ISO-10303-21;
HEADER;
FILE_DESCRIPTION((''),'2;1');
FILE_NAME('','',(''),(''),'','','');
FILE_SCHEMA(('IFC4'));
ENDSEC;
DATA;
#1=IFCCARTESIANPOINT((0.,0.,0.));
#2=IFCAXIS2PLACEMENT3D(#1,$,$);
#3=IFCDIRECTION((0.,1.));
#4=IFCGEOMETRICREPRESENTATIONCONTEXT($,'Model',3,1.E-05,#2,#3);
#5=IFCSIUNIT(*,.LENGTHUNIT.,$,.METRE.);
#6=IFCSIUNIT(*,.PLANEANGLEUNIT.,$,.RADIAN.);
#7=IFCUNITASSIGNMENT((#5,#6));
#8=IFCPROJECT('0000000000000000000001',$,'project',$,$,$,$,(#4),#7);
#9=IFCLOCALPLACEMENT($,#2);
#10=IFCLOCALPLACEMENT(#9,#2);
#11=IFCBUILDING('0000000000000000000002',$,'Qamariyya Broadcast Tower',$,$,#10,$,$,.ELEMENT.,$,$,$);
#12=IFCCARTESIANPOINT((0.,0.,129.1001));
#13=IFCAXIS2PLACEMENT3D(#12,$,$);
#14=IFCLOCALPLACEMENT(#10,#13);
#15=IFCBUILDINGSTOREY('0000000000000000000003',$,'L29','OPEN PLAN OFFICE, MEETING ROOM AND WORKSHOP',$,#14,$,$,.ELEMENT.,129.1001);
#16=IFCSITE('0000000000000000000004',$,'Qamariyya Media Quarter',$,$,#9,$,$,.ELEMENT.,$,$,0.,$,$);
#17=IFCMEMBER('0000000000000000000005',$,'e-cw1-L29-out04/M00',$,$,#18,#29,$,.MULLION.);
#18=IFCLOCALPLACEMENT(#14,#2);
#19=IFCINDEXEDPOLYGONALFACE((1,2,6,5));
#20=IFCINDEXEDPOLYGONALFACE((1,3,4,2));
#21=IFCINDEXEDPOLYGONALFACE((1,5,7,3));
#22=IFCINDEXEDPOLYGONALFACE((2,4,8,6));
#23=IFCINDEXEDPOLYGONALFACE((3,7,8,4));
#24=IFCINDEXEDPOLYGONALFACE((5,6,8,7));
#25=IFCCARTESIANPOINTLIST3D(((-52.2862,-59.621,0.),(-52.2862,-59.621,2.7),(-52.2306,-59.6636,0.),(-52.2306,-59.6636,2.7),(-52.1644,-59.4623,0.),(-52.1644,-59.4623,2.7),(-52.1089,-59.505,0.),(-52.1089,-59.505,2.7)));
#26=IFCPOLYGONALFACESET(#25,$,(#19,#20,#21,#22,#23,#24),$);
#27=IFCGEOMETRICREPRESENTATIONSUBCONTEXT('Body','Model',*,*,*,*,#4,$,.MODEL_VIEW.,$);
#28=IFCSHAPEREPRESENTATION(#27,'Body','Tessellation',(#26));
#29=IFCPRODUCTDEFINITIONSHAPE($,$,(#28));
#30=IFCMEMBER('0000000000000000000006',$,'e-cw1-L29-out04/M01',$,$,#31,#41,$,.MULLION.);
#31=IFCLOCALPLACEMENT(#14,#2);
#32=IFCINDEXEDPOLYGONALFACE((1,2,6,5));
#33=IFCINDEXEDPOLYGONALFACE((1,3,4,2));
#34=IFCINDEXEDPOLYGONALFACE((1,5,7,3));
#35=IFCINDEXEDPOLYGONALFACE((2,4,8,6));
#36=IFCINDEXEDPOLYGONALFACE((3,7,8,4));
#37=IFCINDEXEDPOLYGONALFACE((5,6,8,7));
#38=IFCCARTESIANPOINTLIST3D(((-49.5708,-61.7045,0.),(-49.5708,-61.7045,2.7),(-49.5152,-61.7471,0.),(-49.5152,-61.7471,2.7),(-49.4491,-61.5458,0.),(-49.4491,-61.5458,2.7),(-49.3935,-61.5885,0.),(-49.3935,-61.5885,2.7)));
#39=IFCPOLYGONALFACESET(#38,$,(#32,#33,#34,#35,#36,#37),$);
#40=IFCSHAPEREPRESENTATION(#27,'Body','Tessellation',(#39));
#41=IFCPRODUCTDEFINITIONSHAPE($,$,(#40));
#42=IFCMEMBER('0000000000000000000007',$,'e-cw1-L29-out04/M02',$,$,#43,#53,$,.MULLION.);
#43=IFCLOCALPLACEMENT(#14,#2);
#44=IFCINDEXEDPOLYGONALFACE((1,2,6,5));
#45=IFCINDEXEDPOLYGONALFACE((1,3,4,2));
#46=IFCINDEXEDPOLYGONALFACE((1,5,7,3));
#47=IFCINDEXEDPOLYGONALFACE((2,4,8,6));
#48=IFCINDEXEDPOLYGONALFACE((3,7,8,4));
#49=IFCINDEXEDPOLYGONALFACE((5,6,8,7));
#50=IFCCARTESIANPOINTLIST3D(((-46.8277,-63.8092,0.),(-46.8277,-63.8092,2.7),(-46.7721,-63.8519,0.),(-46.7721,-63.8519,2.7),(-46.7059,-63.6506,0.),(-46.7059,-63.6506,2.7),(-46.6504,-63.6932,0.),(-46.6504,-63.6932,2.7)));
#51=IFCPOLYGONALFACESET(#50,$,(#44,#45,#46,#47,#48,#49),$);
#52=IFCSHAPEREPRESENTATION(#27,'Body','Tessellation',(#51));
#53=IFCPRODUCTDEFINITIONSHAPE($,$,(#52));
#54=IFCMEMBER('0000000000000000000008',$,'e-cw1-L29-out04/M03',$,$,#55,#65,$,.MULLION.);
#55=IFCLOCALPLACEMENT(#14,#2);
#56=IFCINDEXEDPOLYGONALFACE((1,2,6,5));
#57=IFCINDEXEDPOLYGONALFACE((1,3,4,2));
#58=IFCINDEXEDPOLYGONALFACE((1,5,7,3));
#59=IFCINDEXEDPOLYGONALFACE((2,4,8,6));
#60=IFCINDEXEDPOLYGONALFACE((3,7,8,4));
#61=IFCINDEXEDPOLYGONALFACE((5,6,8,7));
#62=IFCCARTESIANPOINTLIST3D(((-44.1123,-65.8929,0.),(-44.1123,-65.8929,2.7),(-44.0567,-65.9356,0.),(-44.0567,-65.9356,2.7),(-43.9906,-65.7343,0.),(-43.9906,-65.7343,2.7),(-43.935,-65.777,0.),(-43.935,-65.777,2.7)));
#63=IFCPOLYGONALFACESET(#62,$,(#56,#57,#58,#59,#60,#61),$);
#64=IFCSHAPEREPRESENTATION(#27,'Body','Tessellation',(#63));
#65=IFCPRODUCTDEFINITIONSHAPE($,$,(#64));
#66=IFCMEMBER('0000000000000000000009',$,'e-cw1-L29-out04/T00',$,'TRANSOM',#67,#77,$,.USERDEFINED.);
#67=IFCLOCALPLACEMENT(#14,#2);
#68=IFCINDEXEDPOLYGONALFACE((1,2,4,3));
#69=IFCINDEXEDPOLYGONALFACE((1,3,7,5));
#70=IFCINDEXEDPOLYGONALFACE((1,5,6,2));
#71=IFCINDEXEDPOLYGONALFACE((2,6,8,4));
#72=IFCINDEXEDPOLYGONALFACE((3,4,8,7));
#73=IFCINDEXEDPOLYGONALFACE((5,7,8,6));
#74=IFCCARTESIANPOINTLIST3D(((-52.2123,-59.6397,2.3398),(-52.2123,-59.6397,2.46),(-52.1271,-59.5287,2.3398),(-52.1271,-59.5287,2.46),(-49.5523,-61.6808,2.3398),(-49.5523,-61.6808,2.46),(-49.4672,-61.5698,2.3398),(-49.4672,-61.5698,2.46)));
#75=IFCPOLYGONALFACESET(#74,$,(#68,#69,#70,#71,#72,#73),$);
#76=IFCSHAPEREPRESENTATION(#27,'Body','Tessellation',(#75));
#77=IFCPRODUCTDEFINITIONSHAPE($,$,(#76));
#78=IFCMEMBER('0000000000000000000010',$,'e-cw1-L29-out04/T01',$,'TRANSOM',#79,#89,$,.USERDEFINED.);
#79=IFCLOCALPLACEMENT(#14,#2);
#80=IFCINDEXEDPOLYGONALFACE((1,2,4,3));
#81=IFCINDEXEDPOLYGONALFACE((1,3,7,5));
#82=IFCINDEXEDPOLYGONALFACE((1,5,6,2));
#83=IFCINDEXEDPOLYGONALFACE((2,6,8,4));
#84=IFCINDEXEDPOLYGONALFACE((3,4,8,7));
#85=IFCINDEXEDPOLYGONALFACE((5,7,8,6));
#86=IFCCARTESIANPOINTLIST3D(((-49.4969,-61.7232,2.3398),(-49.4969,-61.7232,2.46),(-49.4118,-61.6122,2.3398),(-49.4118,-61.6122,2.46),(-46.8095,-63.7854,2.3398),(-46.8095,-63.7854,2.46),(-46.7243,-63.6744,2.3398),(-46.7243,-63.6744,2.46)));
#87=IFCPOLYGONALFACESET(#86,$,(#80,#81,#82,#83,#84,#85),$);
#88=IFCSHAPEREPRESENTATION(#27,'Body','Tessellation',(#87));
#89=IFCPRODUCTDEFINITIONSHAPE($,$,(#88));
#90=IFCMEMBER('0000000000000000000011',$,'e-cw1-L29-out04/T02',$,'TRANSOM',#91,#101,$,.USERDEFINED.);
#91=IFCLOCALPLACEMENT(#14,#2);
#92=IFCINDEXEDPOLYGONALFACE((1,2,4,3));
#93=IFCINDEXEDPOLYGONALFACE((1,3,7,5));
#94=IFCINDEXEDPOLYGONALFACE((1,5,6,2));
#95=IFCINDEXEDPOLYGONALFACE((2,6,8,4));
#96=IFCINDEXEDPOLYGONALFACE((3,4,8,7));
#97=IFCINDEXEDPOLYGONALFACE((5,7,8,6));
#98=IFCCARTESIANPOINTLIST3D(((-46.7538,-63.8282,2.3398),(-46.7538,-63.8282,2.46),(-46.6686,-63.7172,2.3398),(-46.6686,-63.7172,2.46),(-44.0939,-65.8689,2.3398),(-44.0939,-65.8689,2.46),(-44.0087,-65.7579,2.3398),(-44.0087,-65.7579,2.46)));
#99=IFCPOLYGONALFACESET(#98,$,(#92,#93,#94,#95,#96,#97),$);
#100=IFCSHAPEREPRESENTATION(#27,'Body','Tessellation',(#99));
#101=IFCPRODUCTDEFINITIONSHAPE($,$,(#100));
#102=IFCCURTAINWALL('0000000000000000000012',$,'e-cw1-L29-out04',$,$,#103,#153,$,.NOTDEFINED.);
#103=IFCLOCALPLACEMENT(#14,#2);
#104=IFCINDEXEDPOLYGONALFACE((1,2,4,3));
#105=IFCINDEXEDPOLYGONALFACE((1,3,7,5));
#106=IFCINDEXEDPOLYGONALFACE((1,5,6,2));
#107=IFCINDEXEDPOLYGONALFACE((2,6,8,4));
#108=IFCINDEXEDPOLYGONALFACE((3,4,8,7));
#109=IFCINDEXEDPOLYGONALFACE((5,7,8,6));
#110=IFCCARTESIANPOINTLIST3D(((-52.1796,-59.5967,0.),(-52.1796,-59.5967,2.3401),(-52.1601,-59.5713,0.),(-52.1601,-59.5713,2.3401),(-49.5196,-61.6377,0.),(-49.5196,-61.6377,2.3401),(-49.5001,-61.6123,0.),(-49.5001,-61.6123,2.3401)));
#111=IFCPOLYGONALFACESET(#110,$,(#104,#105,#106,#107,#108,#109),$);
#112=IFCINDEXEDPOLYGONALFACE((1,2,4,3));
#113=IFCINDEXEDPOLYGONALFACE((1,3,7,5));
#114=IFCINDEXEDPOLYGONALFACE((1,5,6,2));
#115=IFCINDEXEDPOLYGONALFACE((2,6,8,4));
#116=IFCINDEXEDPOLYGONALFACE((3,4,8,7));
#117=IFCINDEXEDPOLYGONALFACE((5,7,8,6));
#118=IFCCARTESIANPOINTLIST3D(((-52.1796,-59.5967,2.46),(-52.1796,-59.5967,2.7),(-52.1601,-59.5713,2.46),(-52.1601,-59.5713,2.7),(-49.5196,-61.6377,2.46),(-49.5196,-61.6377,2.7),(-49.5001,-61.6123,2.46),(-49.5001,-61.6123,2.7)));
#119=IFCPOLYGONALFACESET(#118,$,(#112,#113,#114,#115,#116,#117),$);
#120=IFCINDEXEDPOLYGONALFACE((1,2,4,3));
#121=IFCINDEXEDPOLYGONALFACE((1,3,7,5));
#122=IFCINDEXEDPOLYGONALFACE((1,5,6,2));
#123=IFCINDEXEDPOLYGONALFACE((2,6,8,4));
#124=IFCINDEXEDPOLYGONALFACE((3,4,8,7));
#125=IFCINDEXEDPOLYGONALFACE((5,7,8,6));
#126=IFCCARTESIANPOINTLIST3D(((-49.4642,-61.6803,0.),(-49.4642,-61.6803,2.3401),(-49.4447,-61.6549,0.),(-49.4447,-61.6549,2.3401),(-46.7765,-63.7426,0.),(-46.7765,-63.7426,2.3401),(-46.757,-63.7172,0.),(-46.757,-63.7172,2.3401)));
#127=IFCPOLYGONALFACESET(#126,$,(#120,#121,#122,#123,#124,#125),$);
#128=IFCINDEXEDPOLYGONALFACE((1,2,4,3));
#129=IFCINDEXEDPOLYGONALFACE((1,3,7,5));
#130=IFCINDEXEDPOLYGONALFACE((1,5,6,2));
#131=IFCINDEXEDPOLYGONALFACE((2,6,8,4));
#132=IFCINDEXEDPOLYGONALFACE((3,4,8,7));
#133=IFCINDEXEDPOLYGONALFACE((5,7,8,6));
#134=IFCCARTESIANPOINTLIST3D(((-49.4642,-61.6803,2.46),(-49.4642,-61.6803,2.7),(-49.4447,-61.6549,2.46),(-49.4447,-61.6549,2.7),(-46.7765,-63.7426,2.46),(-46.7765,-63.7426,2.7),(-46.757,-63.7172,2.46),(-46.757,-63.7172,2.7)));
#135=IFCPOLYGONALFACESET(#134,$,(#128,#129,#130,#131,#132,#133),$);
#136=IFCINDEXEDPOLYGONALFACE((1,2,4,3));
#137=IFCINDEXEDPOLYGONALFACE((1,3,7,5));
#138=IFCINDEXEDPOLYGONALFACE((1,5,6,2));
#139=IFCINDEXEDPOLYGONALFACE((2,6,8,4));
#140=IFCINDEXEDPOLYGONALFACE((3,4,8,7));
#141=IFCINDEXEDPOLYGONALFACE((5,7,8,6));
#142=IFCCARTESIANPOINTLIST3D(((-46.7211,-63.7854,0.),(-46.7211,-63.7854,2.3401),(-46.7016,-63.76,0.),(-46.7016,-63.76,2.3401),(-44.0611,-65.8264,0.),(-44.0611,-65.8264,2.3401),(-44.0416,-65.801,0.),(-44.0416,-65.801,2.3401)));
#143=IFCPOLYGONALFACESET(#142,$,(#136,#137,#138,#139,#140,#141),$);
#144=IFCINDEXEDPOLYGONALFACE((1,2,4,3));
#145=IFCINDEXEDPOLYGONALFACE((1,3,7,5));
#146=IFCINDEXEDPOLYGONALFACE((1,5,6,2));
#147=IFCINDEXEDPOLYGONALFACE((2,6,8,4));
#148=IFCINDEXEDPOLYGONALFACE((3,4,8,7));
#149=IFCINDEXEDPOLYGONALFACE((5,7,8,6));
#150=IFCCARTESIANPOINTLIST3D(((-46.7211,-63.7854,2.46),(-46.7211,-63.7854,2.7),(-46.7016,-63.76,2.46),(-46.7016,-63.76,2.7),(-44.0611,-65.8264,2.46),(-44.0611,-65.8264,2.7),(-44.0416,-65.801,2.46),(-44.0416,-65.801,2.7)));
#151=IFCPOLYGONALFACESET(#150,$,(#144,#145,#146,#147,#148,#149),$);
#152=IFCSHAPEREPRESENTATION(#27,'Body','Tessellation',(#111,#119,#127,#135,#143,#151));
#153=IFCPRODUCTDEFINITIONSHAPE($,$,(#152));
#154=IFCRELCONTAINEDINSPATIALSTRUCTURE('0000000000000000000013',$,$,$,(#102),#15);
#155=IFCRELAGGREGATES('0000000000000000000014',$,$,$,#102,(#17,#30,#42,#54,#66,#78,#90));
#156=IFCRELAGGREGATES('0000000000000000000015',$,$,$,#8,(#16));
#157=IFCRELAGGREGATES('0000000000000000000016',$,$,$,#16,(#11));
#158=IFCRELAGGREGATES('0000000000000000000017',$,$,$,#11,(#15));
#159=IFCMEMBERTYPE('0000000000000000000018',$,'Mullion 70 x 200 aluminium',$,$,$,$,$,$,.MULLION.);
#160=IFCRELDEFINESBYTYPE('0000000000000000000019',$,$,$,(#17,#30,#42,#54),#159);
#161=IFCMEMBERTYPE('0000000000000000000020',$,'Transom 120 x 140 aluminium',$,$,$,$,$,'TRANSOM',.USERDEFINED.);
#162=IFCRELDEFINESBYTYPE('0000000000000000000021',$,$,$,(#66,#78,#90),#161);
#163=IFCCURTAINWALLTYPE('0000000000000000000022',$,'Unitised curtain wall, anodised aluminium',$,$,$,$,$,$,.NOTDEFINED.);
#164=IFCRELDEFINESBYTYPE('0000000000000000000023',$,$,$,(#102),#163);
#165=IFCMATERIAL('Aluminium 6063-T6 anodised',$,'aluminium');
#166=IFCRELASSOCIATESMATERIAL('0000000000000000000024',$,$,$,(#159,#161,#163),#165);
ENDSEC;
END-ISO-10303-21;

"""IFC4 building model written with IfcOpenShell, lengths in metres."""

from ifc_helpers import new_model, si_unit, direction, frame, origin, origin_2d, place, context, subcontext, project, spatial, rectangle, extrude, material, material_profile, profile_set, type_object, element, aggregate, save


model = new_model("IFC4")

# Units and contexts
model_context = context("Model", 3, precision=1e-05, world=origin(), true_north=direction((0.0, 1.0)))
body_context = subcontext(model_context, "Body", "Model", "MODEL_VIEW")
ifc_project = project(units=[si_unit("LENGTHUNIT", "METRE"), si_unit("PLANEANGLEUNIT", "RADIAN")], contexts=[model_context])

# Members
ifc_material = material(Name="Aluminium 6063-T6 anodised", Category="aluminium")
ifc_material_profile_1 = material_profile(ifc_material, rectangle(XDim=0.2, YDim=0.0701, at=origin_2d()))
ifc_profile_set_1 = profile_set([ifc_material_profile_1], Name="Aluminium 6063-T6 anodised")
member_type_1 = type_object("IfcMemberType", Name="Mullion 70 x 200 aluminium", PredefinedType="MULLION", material=ifc_profile_set_1)
site_placement = place(None, origin())
building_placement = place(site_placement, origin())
storey_placement = place(building_placement, frame((0.0, 0.0, 129.1001)))
member_1_placement = place(storey_placement, frame((-52.1975, -59.563, 0.0), z_axis=(0.0, 0.0, 1.0), x_axis=(0.608761, 0.793353, 0.0)))
member_1 = element("IfcMember", 1, at=member_1_placement, type_object=member_type_1, Name="e-cw1-L29-out04/M00", PredefinedType="MULLION", context=body_context, shape_type="SweptSolid", body=[
    extrude(rectangle(XDim=0.2, YDim=0.0701, at=origin_2d()), origin(), (0.0, 0.0, 1.0), 2.7),
])
member_2_placement = place(storey_placement, frame((-49.4822, -61.6465, 0.0), z_axis=(0.0, 0.0, 1.0), x_axis=(0.608761, 0.793353, 0.0)))
member_2 = element("IfcMember", 2, at=member_2_placement, type_object=member_type_1, Name="e-cw1-L29-out04/M01", PredefinedType="MULLION", context=body_context, shape_type="SweptSolid", body=[
    extrude(rectangle(XDim=0.2, YDim=0.0701, at=origin_2d()), origin(), (0.0, 0.0, 1.0), 2.7),
])
member_3_placement = place(storey_placement, frame((-46.739, -63.7512, 0.0), z_axis=(0.0, 0.0, 1.0), x_axis=(0.608761, 0.793353, 0.0)))
member_3 = element("IfcMember", 3, at=member_3_placement, type_object=member_type_1, Name="e-cw1-L29-out04/M02", PredefinedType="MULLION", context=body_context, shape_type="SweptSolid", body=[
    extrude(rectangle(XDim=0.2, YDim=0.0701, at=origin_2d()), origin(), (0.0, 0.0, 1.0), 2.7),
])
member_4_placement = place(storey_placement, frame((-44.0237, -65.835, 0.0), z_axis=(0.0, 0.0, 1.0), x_axis=(0.608761, 0.793353, 0.0)))
member_4 = element("IfcMember", 4, at=member_4_placement, type_object=member_type_1, Name="e-cw1-L29-out04/M03", PredefinedType="MULLION", context=body_context, shape_type="SweptSolid", body=[
    extrude(rectangle(XDim=0.2, YDim=0.0701, at=origin_2d()), origin(), (0.0, 0.0, 1.0), 2.7),
])
ifc_material_profile_2 = material_profile(ifc_material, rectangle(XDim=0.1399, YDim=0.1201, at=origin_2d()))
ifc_profile_set_2 = profile_set([ifc_material_profile_2], Name="Aluminium 6063-T6 anodised")
member_type_2 = type_object("IfcMemberType", Name="Transom 120 x 140 aluminium", ElementType="TRANSOM", PredefinedType="USERDEFINED", material=ifc_profile_set_2)
member_5_placement = place(storey_placement, frame((-52.1697, -59.5842, 2.3999), z_axis=(0.793354, -0.60876, 0.0), x_axis=(0.60876, 0.793354, 0.0)))
member_5 = element("IfcMember", 5, at=member_5_placement, type_object=member_type_2, Name="e-cw1-L29-out04/T00", ObjectType="TRANSOM", PredefinedType="USERDEFINED", context=body_context, shape_type="SweptSolid", body=[
    extrude(rectangle(XDim=0.1399, YDim=0.1201, at=origin_2d()), origin(), (0.0, 0.0, 1.0), 3.3528),
])
member_6_placement = place(storey_placement, frame((-49.4543, -61.6677, 2.3999), z_axis=(0.793344, -0.608773, 0.0), x_axis=(0.608773, 0.793344, 0.0)))
member_6 = element("IfcMember", 6, at=member_6_placement, type_object=member_type_2, Name="e-cw1-L29-out04/T01", ObjectType="TRANSOM", PredefinedType="USERDEFINED", context=body_context, shape_type="SweptSolid", body=[
    extrude(rectangle(XDim=0.1399, YDim=0.1201, at=origin_2d()), origin(), (0.0, 0.0, 1.0), 3.3875),
])
member_7_placement = place(storey_placement, frame((-46.7112, -63.7727, 2.3999), z_axis=(0.793389, -0.608714, 0.0), x_axis=(0.608714, 0.793389, 0.0)))
member_7 = element("IfcMember", 7, at=member_7_placement, type_object=member_type_2, Name="e-cw1-L29-out04/T02", ObjectType="TRANSOM", PredefinedType="USERDEFINED", context=body_context, shape_type="SweptSolid", body=[
    extrude(rectangle(XDim=0.1399, YDim=0.1201, at=origin_2d()), origin(), (0.0, 0.0, 1.0), 3.3525),
])

# Site, building, storey
site = spatial("IfcSite", under=ifc_project, at=site_placement, Name="Qamariyya Media Quarter", CompositionType="ELEMENT", RefElevation=0.0)
building = spatial("IfcBuilding", under=site, at=building_placement, Name="Qamariyya Broadcast Tower", CompositionType="ELEMENT")
storey = spatial("IfcBuildingStorey", under=building, at=storey_placement, Name="L29", Description="OPEN PLAN OFFICE, MEETING ROOM AND WORKSHOP", CompositionType="ELEMENT", Elevation=129.1001)

# Curtain wall
curtain_wall_type = type_object("IfcCurtainWallType", Name="Unitised curtain wall, anodised aluminium", PredefinedType="NOTDEFINED", material=ifc_material)
curtain_wall_1_placement = place(storey_placement, origin())
curtain_wall_1 = element("IfcCurtainWall", 8, at=curtain_wall_1_placement, inside=storey, type_object=curtain_wall_type, Name="e-cw1-L29-out04", PredefinedType="NOTDEFINED", context=body_context, shape_type="SweptSolid", body=[
    extrude(rectangle(XDim=3.3528, YDim=0.032, at=origin_2d()), frame((-50.8398, -60.6045, 0.0), x_axis=(0.793354, -0.608761, 0.0)), (0.0, 0.0, 1.0), 2.3401),
    extrude(rectangle(XDim=3.3528, YDim=0.032, at=origin_2d()), frame((-50.8398, -60.6045, 2.46), x_axis=(0.793354, -0.608761, 0.0)), (0.0, 0.0, 1.0), 0.24),
    extrude(rectangle(XDim=3.3877, YDim=0.032, at=origin_2d()), frame((-48.1106, -62.6987, 0.0), x_axis=(0.793354, -0.608761, 0.0)), (0.0, 0.0, 1.0), 2.3401),
    extrude(rectangle(XDim=3.3877, YDim=0.032, at=origin_2d()), frame((-48.1106, -62.6987, 2.46), x_axis=(0.793354, -0.608761, 0.0)), (0.0, 0.0, 1.0), 0.24),
    extrude(rectangle(XDim=3.3528, YDim=0.032, at=origin_2d()), frame((-45.3813, -64.7932, 0.0), x_axis=(0.793354, -0.608761, 0.0)), (0.0, 0.0, 1.0), 2.3401),
    extrude(rectangle(XDim=3.3528, YDim=0.032, at=origin_2d()), frame((-45.3813, -64.7932, 2.46), x_axis=(0.793354, -0.608761, 0.0)), (0.0, 0.0, 1.0), 0.24),
])
aggregate(curtain_wall_1, [member_1, member_2, member_3, member_4, member_5, member_6, member_7])

save(model, "model.ifc")
